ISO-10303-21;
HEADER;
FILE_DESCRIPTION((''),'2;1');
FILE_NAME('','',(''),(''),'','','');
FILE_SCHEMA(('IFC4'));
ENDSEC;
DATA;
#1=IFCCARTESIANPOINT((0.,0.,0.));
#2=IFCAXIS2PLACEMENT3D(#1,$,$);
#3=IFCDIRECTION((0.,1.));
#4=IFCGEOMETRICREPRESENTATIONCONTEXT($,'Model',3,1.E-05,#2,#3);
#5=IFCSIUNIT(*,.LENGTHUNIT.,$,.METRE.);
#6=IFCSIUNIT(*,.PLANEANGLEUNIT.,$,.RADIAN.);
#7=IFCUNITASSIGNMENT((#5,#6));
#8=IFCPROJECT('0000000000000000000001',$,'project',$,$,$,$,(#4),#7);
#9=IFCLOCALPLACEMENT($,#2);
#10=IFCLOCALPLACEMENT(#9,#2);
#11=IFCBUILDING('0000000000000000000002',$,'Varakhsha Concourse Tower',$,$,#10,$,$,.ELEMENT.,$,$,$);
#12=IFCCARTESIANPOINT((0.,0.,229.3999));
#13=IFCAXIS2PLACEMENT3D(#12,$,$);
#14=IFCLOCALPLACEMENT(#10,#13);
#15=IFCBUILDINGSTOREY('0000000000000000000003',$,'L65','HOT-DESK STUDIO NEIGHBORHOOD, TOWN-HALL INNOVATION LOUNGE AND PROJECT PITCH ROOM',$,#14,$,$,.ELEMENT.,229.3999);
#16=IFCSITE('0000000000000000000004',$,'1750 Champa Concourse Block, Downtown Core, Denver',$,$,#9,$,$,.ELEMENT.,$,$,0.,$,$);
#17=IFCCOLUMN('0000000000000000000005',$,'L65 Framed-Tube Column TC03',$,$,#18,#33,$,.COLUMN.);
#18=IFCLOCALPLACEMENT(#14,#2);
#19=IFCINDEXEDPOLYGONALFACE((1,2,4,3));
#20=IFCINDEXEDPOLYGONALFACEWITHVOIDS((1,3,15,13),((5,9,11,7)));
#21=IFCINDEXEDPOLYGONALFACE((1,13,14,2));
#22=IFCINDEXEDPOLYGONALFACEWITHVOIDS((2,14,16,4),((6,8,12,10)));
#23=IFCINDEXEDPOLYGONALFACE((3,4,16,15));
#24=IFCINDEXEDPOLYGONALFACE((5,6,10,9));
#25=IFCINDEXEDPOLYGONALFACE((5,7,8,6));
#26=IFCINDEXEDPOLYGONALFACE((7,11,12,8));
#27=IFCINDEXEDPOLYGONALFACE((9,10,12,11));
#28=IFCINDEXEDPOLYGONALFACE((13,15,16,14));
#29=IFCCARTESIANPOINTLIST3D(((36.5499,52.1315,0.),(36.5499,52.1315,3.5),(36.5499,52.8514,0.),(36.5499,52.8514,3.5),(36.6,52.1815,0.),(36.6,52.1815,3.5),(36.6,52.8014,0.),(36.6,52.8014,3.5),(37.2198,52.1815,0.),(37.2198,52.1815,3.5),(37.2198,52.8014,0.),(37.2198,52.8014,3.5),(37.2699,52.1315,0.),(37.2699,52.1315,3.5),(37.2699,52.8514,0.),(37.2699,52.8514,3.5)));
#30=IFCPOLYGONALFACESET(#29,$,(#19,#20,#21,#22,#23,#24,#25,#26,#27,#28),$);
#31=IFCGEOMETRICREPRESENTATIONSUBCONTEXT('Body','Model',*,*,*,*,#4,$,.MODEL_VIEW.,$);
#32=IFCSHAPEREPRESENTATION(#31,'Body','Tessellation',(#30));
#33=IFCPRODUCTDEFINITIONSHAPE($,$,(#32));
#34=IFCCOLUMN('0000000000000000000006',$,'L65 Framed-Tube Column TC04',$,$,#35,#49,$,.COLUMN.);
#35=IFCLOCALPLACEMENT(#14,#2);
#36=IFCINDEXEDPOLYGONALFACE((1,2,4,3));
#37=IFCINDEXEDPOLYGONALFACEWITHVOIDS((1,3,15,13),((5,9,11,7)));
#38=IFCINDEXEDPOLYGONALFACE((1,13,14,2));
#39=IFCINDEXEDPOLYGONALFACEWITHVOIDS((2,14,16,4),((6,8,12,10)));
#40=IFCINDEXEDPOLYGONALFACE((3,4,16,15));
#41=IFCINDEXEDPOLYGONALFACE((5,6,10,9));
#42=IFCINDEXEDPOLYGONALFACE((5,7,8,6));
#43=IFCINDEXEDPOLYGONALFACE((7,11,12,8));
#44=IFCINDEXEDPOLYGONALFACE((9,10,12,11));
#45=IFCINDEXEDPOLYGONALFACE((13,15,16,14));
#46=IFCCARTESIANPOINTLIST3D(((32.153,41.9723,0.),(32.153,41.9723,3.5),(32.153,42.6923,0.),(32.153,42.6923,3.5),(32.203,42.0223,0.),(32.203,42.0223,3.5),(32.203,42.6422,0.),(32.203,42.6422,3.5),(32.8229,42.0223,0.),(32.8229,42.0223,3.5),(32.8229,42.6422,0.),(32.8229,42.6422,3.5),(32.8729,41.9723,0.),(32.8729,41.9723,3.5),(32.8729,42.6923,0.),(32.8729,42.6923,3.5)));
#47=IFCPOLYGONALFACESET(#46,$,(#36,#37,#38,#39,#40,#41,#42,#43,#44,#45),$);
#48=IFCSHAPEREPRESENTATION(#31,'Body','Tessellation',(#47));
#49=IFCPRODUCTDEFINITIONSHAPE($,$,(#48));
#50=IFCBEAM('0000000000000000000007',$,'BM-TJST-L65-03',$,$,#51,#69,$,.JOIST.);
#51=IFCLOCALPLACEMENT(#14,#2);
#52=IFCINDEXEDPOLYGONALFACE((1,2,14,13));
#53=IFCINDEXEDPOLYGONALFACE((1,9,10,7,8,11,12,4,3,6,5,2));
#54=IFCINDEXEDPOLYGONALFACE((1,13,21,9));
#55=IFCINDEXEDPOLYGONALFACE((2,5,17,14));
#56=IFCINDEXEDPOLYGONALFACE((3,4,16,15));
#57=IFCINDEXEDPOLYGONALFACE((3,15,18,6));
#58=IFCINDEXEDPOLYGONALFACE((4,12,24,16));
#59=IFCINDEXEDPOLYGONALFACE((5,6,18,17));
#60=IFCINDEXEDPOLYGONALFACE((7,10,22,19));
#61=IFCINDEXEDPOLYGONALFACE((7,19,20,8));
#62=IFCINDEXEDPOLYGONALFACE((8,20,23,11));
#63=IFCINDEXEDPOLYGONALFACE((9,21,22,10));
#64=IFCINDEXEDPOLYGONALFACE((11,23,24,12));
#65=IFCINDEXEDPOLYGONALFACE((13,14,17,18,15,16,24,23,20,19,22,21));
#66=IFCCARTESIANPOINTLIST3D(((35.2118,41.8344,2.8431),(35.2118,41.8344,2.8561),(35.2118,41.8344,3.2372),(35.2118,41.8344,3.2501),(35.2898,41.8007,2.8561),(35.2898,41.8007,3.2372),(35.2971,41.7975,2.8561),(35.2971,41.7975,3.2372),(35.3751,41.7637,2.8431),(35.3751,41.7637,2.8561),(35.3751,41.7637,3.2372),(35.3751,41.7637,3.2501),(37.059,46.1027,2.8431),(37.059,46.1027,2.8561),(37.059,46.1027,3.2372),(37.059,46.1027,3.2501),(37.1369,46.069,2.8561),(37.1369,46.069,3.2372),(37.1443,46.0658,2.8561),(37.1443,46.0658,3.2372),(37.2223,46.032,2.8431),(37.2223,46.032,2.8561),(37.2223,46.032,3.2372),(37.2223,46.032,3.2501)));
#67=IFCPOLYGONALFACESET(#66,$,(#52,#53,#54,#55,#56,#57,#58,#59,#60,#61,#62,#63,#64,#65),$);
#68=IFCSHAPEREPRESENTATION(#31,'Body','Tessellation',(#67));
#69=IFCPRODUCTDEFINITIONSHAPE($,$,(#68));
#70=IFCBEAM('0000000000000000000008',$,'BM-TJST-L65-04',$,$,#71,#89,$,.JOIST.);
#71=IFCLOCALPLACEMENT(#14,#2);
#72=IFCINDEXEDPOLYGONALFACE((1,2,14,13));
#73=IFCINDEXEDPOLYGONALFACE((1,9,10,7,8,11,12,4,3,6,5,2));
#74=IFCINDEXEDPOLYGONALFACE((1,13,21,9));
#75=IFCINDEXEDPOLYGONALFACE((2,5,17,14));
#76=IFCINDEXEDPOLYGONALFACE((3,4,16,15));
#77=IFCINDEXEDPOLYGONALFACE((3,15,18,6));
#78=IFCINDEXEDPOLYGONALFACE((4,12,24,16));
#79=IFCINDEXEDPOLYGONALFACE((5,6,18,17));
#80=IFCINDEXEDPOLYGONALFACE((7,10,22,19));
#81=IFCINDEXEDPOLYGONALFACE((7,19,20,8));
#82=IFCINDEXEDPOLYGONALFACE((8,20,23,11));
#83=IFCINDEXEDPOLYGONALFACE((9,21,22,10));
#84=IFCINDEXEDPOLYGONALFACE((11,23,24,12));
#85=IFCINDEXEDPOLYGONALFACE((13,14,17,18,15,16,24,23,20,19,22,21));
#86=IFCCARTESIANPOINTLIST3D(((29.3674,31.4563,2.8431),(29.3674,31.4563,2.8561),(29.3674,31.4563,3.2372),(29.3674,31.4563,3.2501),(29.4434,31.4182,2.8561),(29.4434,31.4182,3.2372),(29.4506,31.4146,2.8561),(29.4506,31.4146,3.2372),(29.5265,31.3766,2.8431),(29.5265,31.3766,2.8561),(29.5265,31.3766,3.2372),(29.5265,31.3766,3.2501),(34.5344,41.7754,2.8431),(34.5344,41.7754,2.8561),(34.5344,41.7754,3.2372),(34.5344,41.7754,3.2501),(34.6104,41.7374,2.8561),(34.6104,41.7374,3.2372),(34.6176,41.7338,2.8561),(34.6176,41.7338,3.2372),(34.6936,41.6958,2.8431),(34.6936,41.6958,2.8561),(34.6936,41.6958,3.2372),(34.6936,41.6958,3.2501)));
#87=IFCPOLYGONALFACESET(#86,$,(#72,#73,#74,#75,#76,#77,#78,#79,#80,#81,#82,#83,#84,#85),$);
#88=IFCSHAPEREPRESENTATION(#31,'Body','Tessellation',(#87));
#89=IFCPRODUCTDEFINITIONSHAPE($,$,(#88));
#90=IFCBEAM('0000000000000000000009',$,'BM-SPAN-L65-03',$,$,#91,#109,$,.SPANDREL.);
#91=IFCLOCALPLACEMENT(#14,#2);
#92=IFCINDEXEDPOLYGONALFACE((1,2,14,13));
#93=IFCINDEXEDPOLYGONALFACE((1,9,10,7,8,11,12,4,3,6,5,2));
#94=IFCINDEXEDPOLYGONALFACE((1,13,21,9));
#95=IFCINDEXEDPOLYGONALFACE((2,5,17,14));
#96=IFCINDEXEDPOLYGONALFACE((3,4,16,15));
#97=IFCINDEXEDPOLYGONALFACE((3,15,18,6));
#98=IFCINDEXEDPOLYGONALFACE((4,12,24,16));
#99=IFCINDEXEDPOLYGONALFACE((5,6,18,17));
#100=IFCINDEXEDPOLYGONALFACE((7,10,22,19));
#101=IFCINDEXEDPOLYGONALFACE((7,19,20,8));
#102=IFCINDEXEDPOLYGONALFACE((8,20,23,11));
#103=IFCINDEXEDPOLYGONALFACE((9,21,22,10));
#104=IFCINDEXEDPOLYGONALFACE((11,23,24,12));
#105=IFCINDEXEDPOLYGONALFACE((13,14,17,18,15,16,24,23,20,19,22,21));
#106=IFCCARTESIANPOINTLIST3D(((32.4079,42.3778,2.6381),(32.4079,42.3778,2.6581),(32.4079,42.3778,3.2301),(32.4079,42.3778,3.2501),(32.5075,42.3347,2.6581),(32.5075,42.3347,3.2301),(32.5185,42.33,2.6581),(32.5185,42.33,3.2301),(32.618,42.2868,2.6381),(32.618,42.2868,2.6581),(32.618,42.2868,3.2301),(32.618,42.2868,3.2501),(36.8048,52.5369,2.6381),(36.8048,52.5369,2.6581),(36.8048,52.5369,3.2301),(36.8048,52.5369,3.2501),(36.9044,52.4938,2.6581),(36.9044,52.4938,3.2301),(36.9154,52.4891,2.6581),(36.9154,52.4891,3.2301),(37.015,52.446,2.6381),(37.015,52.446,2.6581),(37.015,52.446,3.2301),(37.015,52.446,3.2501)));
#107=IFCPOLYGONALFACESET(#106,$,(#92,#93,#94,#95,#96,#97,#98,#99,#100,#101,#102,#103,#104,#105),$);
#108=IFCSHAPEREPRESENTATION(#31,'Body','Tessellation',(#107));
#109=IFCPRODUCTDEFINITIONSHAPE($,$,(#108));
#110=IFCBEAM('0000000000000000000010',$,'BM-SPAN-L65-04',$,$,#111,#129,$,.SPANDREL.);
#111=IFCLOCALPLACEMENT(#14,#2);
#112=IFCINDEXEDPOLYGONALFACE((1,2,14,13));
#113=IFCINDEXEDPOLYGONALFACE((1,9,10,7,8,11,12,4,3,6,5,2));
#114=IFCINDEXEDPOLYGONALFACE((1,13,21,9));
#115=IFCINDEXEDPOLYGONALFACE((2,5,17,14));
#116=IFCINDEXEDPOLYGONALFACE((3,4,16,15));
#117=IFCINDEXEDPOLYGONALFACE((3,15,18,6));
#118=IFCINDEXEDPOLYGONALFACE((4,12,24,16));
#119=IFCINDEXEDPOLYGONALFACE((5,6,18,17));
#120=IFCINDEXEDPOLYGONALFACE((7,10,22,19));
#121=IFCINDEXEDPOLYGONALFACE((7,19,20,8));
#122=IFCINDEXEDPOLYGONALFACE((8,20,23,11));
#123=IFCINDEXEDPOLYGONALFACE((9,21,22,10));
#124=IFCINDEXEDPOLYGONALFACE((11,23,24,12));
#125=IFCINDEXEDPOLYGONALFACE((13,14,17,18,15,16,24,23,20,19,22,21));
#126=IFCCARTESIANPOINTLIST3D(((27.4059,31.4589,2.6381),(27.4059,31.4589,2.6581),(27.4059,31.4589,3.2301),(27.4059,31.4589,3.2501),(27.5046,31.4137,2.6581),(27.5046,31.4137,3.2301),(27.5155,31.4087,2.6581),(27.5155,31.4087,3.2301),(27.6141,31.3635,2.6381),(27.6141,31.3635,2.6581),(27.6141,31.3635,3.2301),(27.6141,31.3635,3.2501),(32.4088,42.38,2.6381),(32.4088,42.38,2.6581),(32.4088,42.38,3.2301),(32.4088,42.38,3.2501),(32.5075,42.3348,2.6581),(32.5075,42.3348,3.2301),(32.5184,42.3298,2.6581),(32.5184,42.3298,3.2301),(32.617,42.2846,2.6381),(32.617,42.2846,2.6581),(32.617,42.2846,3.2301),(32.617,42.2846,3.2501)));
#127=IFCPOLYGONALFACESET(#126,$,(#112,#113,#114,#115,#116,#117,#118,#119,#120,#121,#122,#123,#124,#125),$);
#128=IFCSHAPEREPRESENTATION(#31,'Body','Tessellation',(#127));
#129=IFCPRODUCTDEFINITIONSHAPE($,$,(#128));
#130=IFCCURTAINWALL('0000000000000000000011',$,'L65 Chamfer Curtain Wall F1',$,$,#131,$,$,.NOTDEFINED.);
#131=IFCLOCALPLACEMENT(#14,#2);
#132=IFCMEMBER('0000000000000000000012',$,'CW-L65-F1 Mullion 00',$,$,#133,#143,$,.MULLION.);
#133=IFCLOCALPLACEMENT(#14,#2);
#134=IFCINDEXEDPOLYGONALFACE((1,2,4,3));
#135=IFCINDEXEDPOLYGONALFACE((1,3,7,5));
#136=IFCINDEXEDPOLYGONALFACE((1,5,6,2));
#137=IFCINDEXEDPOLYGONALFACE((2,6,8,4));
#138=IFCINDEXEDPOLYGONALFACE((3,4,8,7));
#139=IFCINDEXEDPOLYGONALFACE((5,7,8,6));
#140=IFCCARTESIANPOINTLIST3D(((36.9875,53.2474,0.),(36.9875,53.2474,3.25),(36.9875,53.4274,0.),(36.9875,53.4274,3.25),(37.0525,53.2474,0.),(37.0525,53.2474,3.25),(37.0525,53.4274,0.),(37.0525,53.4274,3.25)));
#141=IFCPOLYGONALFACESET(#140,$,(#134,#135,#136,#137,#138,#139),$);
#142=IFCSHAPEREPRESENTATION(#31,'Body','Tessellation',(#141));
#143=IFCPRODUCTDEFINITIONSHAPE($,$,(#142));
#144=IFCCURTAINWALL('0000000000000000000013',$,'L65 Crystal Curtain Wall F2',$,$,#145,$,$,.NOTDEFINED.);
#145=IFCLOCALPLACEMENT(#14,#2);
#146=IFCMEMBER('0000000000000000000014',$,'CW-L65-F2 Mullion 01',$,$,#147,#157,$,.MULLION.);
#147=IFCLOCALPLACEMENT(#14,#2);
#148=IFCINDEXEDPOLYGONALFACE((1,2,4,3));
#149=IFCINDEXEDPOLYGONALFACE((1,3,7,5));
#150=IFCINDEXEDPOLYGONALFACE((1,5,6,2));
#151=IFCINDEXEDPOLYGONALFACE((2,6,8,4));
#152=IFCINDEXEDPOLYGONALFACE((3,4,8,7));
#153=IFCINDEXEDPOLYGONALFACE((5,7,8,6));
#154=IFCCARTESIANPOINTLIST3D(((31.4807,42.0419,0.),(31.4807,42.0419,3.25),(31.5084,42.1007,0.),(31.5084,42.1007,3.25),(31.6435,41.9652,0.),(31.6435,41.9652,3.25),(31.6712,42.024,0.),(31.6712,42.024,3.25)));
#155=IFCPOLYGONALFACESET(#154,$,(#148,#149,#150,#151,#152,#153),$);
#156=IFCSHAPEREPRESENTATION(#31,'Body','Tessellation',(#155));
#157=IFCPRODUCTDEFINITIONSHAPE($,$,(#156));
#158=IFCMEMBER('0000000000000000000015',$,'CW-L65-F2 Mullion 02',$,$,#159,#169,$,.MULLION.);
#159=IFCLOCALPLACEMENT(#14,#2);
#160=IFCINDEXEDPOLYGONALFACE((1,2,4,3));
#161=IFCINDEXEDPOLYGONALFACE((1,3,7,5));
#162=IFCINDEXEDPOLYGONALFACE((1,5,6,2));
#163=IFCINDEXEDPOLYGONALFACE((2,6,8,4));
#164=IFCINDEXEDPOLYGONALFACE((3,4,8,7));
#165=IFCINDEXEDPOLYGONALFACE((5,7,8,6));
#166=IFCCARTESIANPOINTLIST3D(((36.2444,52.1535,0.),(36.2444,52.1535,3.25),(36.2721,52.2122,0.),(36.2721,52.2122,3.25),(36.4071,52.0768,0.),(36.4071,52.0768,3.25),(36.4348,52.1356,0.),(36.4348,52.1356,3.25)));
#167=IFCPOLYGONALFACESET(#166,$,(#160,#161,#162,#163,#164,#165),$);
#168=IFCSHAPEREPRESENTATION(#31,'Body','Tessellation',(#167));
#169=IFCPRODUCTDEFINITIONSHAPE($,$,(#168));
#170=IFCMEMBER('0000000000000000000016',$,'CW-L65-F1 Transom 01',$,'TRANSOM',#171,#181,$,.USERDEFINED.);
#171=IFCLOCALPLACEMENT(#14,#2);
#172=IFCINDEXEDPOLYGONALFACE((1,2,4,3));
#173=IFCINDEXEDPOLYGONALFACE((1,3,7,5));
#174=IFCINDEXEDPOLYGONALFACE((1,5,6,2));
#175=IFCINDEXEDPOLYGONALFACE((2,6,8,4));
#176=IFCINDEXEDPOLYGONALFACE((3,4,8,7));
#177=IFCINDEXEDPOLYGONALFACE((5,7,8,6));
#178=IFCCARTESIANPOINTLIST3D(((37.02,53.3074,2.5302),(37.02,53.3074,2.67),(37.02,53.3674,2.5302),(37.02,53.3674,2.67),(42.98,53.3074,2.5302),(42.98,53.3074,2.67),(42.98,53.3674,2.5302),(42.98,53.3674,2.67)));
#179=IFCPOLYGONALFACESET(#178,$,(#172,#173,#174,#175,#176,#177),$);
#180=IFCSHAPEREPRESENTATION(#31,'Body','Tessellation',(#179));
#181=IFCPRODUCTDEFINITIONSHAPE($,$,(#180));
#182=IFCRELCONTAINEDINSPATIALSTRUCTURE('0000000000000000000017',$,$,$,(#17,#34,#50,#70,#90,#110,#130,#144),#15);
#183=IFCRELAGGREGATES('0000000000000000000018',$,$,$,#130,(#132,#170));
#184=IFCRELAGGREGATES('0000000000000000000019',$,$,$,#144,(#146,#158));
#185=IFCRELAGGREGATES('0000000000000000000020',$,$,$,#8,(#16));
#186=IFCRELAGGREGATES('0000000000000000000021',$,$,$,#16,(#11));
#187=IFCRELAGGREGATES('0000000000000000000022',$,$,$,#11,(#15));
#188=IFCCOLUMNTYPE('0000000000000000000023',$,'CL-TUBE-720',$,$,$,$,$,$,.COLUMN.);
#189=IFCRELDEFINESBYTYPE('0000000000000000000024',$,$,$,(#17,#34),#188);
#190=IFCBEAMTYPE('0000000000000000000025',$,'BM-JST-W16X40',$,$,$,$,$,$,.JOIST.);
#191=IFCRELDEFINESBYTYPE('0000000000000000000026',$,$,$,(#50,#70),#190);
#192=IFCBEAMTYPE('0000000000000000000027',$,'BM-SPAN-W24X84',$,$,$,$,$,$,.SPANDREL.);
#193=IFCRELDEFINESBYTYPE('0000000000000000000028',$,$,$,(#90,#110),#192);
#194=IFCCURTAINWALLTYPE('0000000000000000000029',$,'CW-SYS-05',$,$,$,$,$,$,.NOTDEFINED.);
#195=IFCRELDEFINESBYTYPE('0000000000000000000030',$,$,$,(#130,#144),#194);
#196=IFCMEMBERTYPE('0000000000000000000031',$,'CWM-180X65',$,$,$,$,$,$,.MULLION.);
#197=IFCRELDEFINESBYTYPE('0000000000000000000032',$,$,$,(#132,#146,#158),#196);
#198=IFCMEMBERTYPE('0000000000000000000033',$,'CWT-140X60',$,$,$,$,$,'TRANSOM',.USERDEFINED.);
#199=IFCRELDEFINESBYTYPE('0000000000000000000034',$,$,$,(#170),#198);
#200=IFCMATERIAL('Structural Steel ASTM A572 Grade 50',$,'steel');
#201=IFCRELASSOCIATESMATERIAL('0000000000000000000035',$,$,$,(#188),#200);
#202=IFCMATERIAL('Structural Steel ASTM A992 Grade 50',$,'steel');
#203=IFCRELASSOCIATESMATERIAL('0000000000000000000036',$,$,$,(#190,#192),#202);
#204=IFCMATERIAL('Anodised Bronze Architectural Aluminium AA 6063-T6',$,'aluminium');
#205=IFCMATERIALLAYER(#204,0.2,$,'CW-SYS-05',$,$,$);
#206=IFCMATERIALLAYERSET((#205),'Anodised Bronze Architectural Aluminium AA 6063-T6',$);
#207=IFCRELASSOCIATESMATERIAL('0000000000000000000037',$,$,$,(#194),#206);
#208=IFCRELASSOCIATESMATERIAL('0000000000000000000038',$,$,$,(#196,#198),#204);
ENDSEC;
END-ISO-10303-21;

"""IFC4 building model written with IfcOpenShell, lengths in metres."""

from ifc_helpers import new_model, si_unit, direction, frame, origin, origin_2d, place, context, subcontext, project, spatial, rectangle, hollow_rectangle, i_section, extrude, source, transform, mapped, material, layer, layer_set, material_profile, profile_set, type_object, type_shapes, element, aggregate, save


model = new_model("IFC4")

# Units and contexts
model_context = context("Model", 3, precision=1e-05, world=origin(), true_north=direction((0.0, 1.0)))
body_context = subcontext(model_context, "Body", "Model", "MODEL_VIEW")
ifc_project = project(units=[si_unit("LENGTHUNIT", "METRE"), si_unit("PLANEANGLEUNIT", "RADIAN")], contexts=[model_context])

# Site, building, storey
site_placement = place(None, origin())
site = spatial("IfcSite", under=ifc_project, at=site_placement, Name="1750 Champa Concourse Block, Downtown Core, Denver", CompositionType="ELEMENT", RefElevation=0.0)
building_placement = place(site_placement, origin())
building = spatial("IfcBuilding", under=site, at=building_placement, Name="Varakhsha Concourse Tower", CompositionType="ELEMENT")
storey_placement = place(building_placement, frame((0.0, 0.0, 229.3999)))
storey = spatial("IfcBuildingStorey", under=building, at=storey_placement, Name="L65", Description="HOT-DESK STUDIO NEIGHBORHOOD, TOWN-HALL INNOVATION LOUNGE AND PROJECT PITCH ROOM", CompositionType="ELEMENT", Elevation=229.3999)

# Columns
ifc_material_1 = material(Name="Structural Steel ASTM A572 Grade 50", Category="steel")
ifc_material_profile_1 = material_profile(ifc_material_1, hollow_rectangle(XDim=0.72, YDim=0.72, WallThickness=0.05, at=origin_2d()), Name="BOX 720x720x50")
ifc_profile_set_1 = profile_set([ifc_material_profile_1], Name="Structural Steel ASTM A572 Grade 50")
column_type = type_object("IfcColumnType", Name="CL-TUBE-720", PredefinedType="COLUMN", material=ifc_profile_set_1)
for number, where, z_axis, x_axis, name in (
    (1, (36.9099, 52.4915, 0.0), (0.0, 0.0, 1.0), (1.0, 0.0, 0.0), "L65 Framed-Tube Column TC03"),
    (2, (32.5129, 42.3323, 0.0), (0.0, 0.0, 1.0), (1.0, 0.0, 0.0), "L65 Framed-Tube Column TC04"),
):
    element("IfcColumn", number, at=place(storey_placement, frame(where, z_axis=z_axis, x_axis=x_axis)), inside=storey, type_object=column_type, Name=name, PredefinedType="COLUMN", context=body_context, shape_type="SweptSolid", body=[
        extrude(hollow_rectangle(XDim=0.72, YDim=0.72, WallThickness=0.05, at=origin_2d()), origin(), (0.0, 0.0, 1.0), 3.5),
    ])

# Beams
ifc_material_2 = material(Name="Structural Steel ASTM A992 Grade 50", Category="steel")
ifc_material_profile_2 = material_profile(ifc_material_2, i_section(OverallWidth=0.178, OverallDepth=0.407, WebThickness=0.0081, FlangeThickness=0.0129, at=origin_2d()), Name="W16X40")
ifc_profile_set_2 = profile_set([ifc_material_profile_2], Name="Structural Steel ASTM A992 Grade 50")
beam_type_1 = type_object("IfcBeamType", Name="BM-JST-W16X40", PredefinedType="JOIST", material=ifc_profile_set_2)
beam_1_placement = place(storey_placement, frame((37.1406, 46.0674, 3.0466), z_axis=(-0.397167, -0.917746, 0.0), x_axis=(0.917746, -0.397167, 0.0)))
element("IfcBeam", 3, at=beam_1_placement, inside=storey, type_object=beam_type_1, Name="BM-TJST-L65-03", PredefinedType="JOIST", context=body_context, shape_type="SweptSolid", body=[
    extrude(i_section(OverallWidth=0.178, OverallDepth=0.407, WebThickness=0.0081, FlangeThickness=0.0129, at=origin_2d()), origin(), (0.0, 0.0, 1.0), 4.6509),
])
beam_2_placement = place(storey_placement, frame((34.614, 41.7356, 3.0466), z_axis=(-0.44773, -0.894169, 0.0), x_axis=(0.894169, -0.44773, 0.0)))
element("IfcBeam", 4, at=beam_2_placement, inside=storey, type_object=beam_type_1, Name="BM-TJST-L65-04", PredefinedType="JOIST", context=body_context, shape_type="SweptSolid", body=[
    extrude(i_section(OverallWidth=0.178, OverallDepth=0.407, WebThickness=0.0081, FlangeThickness=0.0129, at=origin_2d()), origin(), (0.0, 0.0, 1.0), 11.5405),
])
ifc_material_profile_3 = material_profile(ifc_material_2, i_section(OverallWidth=0.229, OverallDepth=0.6121, WebThickness=0.012, FlangeThickness=0.02, at=origin_2d()), Name="W24X84")
ifc_profile_set_3 = profile_set([ifc_material_profile_3], Name="Structural Steel ASTM A992 Grade 50")
beam_type_2 = type_object("IfcBeamType", Name="BM-SPAN-W24X84", PredefinedType="SPANDREL", material=ifc_profile_set_3)
beam_3_placement = place(storey_placement, frame((36.9099, 52.4915, 2.9441), z_axis=(-0.397201, -0.917731, 0.0), x_axis=(0.917731, -0.397201, 0.0)))
element("IfcBeam", 5, at=beam_3_placement, inside=storey, type_object=beam_type_2, Name="BM-SPAN-L65-03", PredefinedType="SPANDREL", context=body_context, shape_type="SweptSolid", body=[
    extrude(i_section(OverallWidth=0.229, OverallDepth=0.6121, WebThickness=0.012, FlangeThickness=0.02, at=origin_2d()), origin(), (0.0, 0.0, 1.0), 11.0698),
])
beam_4_placement = place(storey_placement, frame((32.5129, 42.3323, 2.9441), z_axis=(-0.416476, -0.909147, 0.0), x_axis=(0.909147, -0.416476, 0.0)))
element("IfcBeam", 6, at=beam_4_placement, inside=storey, type_object=beam_type_2, Name="BM-SPAN-L65-04", PredefinedType="SPANDREL", context=body_context, shape_type="SweptSolid", body=[
    extrude(i_section(OverallWidth=0.229, OverallDepth=0.6121, WebThickness=0.012, FlangeThickness=0.02, at=origin_2d()), origin(), (0.0, 0.0, 1.0), 12.0125),
])

# Curtain wall, member
ifc_material_3 = material(Name="Anodised Bronze Architectural Aluminium AA 6063-T6", Category="aluminium")
ifc_layer_1 = layer(ifc_material_3, 0.2, Name="CW-SYS-05")
ifc_layer_set_1 = layer_set([ifc_layer_1], Name="Anodised Bronze Architectural Aluminium AA 6063-T6")
curtain_wall_type = type_object("IfcCurtainWallType", Name="CW-SYS-05", PredefinedType="NOTDEFINED", material=ifc_layer_set_1)
curtain_wall_1_placement = place(storey_placement, origin())
curtain_wall_1 = element("IfcCurtainWall", 7, at=curtain_wall_1_placement, inside=storey, type_object=curtain_wall_type, Name="L65 Chamfer Curtain Wall F1", PredefinedType="NOTDEFINED")
ifc_material_profile_4 = material_profile(ifc_material_3, rectangle(XDim=0.0649, YDim=0.1799, at=origin_2d()), Name="CWM-180X65")
ifc_profile_set_4 = profile_set([ifc_material_profile_4], Name="Anodised Bronze Architectural Aluminium AA 6063-T6")
member_type_1 = type_object("IfcMemberType", Name="CWM-180X65", PredefinedType="MULLION", material=ifc_profile_set_4)
shared_shape_1 = source(origin(), body_context, "Body", "SweptSolid", [
    extrude(rectangle(XDim=0.0649, YDim=0.1799, at=origin_2d()), origin(), (0.0, 0.0, 1.0), 3.25),
])
type_shapes(member_type_1, [shared_shape_1])
member_1_placement = place(storey_placement, frame((37.02, 53.3374, 0.0), z_axis=(0.0, 0.0, 1.0), x_axis=(1.0, 0.0, 0.0)))
member_1 = element("IfcMember", 8, at=member_1_placement, type_object=member_type_1, Name="CW-L65-F1 Mullion 00", PredefinedType="MULLION", context=body_context, shape_type="MappedRepresentation", body=[
    mapped(shared_shape_1, transform((0.0, 0.0, 0.0), scale=1.0)),
])

# Curtain wall, members
curtain_wall_2_placement = place(storey_placement, origin())
curtain_wall_2 = element("IfcCurtainWall", 9, at=curtain_wall_2_placement, inside=storey, type_object=curtain_wall_type, Name="L65 Crystal Curtain Wall F2", PredefinedType="NOTDEFINED")
member_2_placement = place(storey_placement, frame((31.5759, 42.033, 0.0), z_axis=(0.0, 0.0, 1.0), x_axis=(0.426172, 0.904642, 0.0)))
member_2 = element("IfcMember", 10, at=member_2_placement, type_object=member_type_1, Name="CW-L65-F2 Mullion 01", PredefinedType="MULLION", context=body_context, shape_type="MappedRepresentation", body=[
    mapped(shared_shape_1, transform((0.0, 0.0, 0.0), scale=1.0)),
])
member_3_placement = place(storey_placement, frame((36.3396, 52.1445, 0.0), z_axis=(0.0, 0.0, 1.0), x_axis=(0.426172, 0.904642, 0.0)))
member_3 = element("IfcMember", 11, at=member_3_placement, type_object=member_type_1, Name="CW-L65-F2 Mullion 02", PredefinedType="MULLION", context=body_context, shape_type="MappedRepresentation", body=[
    mapped(shared_shape_1, transform((0.0, 0.0, 0.0), scale=1.0)),
])

# Member
ifc_material_profile_5 = material_profile(ifc_material_3, rectangle(XDim=0.0601, YDim=0.1399, at=origin_2d()), Name="CWT-140X60")
ifc_profile_set_5 = profile_set([ifc_material_profile_5], Name="Anodised Bronze Architectural Aluminium AA 6063-T6")
member_type_2 = type_object("IfcMemberType", Name="CWT-140X60", ElementType="TRANSOM", PredefinedType="USERDEFINED", material=ifc_profile_set_5)
shared_shape_2 = source(origin(), body_context, "Body", "SweptSolid", [
    extrude(rectangle(XDim=0.0601, YDim=0.1399, at=origin_2d()), origin(), (0.0, 0.0, 1.0), 5.96),
])
type_shapes(member_type_2, [shared_shape_2])
member_4_placement = place(storey_placement, frame((37.02, 53.3374, 2.6001), z_axis=(1.0, 0.0, 0.0), x_axis=(0.0, 1.0, 0.0)))
member_4 = element("IfcMember", 12, at=member_4_placement, type_object=member_type_2, Name="CW-L65-F1 Transom 01", ObjectType="TRANSOM", PredefinedType="USERDEFINED", context=body_context, shape_type="MappedRepresentation", body=[
    mapped(shared_shape_2, transform((0.0, 0.0, 0.0), scale=1.0)),
])
aggregate(curtain_wall_1, [member_1, member_4])

aggregate(curtain_wall_2, [member_2, member_3])

save(model, "model.ifc")
